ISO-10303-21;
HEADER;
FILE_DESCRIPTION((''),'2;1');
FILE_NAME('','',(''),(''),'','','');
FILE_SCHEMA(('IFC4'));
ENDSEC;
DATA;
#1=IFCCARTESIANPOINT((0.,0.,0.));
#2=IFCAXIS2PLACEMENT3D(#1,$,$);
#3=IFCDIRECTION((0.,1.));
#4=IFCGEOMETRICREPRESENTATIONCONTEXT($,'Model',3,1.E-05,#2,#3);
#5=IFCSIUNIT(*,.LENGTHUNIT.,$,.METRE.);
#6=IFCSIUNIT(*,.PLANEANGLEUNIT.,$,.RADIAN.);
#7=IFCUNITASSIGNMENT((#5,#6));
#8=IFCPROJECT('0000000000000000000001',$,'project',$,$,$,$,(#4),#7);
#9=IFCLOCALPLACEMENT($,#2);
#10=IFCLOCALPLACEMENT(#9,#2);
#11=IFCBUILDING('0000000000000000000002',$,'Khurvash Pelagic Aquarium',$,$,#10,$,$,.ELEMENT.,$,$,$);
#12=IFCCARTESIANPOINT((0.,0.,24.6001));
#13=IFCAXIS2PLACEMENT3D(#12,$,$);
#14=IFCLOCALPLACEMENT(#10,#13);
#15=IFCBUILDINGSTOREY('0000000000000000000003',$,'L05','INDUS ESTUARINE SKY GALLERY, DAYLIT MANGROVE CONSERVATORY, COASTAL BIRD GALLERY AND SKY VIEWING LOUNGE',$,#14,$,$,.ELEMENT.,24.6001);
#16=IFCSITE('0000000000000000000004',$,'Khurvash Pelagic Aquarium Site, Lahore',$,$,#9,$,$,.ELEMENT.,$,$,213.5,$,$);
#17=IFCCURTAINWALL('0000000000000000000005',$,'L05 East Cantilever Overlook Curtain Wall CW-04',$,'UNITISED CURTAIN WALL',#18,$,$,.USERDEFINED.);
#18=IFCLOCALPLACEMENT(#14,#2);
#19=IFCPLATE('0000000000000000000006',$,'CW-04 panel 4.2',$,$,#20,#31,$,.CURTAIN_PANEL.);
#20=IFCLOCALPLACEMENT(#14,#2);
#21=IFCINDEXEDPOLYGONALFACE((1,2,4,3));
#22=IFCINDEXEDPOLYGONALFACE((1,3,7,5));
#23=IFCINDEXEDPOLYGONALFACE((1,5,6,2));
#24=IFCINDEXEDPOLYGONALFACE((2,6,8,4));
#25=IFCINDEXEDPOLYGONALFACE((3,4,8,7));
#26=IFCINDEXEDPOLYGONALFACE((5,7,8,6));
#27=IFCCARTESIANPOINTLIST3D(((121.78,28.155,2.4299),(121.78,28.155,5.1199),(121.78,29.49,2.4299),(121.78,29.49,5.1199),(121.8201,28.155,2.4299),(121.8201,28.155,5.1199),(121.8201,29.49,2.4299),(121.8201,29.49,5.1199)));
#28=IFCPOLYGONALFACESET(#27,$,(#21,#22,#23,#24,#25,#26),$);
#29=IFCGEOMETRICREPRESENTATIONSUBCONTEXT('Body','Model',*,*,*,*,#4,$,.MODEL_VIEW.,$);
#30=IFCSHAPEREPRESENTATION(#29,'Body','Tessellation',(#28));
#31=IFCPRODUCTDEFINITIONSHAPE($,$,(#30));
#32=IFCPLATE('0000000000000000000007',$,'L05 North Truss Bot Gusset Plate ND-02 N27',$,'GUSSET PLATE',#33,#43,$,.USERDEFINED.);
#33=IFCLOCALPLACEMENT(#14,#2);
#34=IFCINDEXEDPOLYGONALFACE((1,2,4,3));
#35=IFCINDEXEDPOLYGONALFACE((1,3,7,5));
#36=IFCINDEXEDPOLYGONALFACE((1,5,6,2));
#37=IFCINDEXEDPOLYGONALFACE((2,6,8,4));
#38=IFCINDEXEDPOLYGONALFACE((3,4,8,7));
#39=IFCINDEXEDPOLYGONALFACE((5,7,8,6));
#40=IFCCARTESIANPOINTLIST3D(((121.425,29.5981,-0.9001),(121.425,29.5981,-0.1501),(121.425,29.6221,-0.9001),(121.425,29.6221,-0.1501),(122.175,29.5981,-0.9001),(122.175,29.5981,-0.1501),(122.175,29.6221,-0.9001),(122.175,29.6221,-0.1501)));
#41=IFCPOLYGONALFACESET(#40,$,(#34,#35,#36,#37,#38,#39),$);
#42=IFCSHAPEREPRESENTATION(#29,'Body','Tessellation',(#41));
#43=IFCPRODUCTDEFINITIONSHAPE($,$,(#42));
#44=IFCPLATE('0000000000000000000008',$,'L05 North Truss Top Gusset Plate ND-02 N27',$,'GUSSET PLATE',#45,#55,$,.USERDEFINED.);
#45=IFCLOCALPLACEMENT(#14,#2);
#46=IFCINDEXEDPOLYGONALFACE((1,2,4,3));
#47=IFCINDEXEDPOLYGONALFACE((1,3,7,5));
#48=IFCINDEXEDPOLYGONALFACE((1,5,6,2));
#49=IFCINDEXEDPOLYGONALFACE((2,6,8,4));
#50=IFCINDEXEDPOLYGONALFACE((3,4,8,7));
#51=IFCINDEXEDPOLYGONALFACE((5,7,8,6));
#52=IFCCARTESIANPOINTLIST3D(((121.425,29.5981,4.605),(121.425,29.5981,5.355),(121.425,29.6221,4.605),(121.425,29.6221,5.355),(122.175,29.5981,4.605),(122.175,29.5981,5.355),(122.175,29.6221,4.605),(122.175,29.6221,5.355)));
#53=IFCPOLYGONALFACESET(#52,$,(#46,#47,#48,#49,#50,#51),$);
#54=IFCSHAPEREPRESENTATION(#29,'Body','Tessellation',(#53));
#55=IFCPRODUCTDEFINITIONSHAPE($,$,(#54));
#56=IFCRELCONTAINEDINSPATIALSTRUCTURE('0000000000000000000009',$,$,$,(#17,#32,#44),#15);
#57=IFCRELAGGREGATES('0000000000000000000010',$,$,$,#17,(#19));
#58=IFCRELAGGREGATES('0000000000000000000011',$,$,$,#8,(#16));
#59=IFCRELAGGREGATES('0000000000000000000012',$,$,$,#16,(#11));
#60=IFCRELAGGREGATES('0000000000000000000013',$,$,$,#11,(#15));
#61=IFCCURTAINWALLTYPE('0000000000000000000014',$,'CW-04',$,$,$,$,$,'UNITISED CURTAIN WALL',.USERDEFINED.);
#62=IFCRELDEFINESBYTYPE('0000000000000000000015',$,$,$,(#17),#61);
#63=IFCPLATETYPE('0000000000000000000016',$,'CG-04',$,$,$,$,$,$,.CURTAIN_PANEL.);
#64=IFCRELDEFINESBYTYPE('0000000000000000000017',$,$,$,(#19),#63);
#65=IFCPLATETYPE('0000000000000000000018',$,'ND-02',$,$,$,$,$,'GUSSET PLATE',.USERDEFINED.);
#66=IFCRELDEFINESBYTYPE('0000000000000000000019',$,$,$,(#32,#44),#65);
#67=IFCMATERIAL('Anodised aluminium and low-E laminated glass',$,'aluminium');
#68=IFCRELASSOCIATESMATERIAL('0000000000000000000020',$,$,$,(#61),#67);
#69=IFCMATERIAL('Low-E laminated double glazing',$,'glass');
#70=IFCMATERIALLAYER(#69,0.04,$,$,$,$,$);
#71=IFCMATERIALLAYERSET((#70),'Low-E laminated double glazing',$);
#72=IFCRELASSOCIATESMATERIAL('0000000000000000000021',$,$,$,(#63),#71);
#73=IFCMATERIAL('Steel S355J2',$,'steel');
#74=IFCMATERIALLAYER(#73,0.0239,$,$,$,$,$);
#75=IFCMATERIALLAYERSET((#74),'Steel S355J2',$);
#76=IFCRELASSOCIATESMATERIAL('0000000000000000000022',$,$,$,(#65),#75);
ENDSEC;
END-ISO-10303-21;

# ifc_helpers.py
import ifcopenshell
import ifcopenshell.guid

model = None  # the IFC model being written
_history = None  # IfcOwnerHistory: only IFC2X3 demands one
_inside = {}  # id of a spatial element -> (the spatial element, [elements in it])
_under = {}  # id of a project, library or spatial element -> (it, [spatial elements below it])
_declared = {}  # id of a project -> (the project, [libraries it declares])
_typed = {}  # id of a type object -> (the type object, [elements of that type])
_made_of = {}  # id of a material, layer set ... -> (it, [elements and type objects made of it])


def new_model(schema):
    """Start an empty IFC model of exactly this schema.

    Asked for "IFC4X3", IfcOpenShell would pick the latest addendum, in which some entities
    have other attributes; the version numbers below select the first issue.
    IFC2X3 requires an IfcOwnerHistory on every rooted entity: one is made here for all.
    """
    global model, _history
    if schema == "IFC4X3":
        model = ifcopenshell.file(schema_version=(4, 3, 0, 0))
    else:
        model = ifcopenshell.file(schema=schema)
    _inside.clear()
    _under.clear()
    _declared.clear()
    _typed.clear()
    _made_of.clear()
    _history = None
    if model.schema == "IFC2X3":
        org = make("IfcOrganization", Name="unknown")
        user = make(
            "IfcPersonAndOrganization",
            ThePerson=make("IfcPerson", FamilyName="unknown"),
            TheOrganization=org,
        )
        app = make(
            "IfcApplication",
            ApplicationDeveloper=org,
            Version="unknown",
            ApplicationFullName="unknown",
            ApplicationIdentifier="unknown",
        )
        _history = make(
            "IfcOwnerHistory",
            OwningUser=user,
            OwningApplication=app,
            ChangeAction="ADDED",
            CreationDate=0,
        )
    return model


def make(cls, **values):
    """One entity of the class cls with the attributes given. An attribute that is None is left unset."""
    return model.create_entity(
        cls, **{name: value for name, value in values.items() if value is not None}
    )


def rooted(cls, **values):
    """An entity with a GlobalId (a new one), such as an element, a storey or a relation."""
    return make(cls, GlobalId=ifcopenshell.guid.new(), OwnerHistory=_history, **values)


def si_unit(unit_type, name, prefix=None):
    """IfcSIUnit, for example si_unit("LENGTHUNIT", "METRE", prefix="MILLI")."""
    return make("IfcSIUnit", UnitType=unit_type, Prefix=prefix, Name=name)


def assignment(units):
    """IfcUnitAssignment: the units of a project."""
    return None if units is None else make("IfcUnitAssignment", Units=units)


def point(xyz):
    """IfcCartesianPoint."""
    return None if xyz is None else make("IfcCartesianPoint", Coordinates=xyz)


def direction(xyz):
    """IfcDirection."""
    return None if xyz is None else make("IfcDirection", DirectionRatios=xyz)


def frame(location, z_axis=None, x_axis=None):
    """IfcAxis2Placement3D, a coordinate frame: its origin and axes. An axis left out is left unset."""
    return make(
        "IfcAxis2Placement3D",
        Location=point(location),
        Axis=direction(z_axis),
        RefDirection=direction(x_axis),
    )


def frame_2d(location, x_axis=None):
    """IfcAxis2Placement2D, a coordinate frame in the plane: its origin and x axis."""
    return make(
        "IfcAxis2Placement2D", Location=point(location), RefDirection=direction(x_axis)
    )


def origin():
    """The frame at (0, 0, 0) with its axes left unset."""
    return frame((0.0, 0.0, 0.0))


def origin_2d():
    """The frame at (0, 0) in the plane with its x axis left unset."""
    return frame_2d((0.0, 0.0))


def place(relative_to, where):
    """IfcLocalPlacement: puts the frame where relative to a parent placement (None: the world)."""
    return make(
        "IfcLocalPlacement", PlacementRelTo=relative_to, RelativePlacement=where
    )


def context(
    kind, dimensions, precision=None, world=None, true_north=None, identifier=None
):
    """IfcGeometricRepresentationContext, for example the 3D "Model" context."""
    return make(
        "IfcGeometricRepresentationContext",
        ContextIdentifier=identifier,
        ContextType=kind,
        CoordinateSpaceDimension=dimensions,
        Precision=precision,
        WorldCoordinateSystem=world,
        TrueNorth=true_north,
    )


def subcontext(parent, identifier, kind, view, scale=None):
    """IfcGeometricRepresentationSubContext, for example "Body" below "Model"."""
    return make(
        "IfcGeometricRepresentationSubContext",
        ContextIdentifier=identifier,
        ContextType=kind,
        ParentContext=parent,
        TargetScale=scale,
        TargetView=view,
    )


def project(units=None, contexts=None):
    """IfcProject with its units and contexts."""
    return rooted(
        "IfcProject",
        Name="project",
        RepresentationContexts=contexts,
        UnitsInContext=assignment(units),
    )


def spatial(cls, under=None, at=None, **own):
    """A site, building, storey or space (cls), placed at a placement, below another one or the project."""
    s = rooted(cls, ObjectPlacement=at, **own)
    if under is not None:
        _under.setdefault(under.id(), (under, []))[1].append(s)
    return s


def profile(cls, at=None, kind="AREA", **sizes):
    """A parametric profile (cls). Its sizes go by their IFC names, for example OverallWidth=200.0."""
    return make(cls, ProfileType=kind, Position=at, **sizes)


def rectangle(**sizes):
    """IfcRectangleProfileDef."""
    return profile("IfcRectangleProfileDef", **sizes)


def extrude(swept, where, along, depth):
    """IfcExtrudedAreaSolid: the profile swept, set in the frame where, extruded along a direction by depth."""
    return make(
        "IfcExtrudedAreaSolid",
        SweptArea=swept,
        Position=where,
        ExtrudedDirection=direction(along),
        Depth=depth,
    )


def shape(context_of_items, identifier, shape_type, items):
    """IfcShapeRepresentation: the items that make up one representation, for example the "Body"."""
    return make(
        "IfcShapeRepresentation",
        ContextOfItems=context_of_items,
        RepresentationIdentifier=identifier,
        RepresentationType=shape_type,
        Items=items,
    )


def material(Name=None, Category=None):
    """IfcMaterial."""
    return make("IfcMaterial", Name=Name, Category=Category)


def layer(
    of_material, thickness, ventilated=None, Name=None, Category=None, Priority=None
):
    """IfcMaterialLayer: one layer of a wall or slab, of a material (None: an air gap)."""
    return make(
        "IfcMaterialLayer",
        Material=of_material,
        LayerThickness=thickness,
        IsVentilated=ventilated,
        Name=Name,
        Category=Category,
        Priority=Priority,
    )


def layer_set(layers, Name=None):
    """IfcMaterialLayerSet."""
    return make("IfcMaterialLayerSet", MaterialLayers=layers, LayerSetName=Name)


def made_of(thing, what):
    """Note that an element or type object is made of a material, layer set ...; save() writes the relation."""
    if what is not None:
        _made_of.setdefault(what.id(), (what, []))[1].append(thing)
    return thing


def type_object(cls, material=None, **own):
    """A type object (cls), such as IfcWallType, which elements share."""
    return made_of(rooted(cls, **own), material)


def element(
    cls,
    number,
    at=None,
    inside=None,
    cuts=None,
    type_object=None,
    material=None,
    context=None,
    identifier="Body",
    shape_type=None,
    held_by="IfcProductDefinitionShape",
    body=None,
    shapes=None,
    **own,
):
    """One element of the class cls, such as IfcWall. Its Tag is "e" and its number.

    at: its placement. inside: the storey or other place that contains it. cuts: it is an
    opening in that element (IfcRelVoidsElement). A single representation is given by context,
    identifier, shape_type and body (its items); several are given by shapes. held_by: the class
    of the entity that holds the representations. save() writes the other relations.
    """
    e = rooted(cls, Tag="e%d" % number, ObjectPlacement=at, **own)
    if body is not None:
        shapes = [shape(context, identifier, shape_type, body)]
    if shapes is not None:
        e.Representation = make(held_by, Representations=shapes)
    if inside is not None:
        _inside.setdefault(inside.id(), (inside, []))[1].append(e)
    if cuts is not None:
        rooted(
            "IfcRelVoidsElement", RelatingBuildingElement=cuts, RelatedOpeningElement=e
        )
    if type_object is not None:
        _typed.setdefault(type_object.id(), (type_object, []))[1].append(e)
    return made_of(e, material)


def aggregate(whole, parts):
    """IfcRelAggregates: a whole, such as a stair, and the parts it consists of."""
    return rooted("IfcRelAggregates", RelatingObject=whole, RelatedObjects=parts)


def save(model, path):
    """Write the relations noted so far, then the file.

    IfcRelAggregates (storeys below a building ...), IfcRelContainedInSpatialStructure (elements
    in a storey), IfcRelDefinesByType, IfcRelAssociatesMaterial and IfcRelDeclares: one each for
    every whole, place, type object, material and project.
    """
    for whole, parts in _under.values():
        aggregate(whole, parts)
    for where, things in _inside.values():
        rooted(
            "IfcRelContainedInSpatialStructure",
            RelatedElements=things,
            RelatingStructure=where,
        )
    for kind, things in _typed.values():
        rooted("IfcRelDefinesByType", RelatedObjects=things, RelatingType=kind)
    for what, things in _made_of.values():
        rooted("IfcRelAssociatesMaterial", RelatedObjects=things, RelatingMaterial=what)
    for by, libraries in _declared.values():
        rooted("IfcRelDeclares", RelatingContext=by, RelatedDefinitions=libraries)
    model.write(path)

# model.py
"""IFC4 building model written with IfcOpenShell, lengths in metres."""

from ifc_helpers import new_model, si_unit, direction, frame, origin, origin_2d, place, context, subcontext, project, spatial, rectangle, extrude, material, layer, layer_set, type_object, element, aggregate, save


model = new_model("IFC4")

# Units and contexts
model_context = context("Model", 3, precision=1e-05, world=origin(), true_north=direction((0.0, 1.0)))
body_context = subcontext(model_context, "Body", "Model", "MODEL_VIEW")
ifc_project = project(units=[si_unit("LENGTHUNIT", "METRE"), si_unit("PLANEANGLEUNIT", "RADIAN")], contexts=[model_context])

# Site, building, storey
site_placement = place(None, origin())
site = spatial("IfcSite", under=ifc_project, at=site_placement, Name="Khurvash Pelagic Aquarium Site, Lahore", CompositionType="ELEMENT", RefElevation=213.5)
building_placement = place(site_placement, origin())
building = spatial("IfcBuilding", under=site, at=building_placement, Name="Khurvash Pelagic Aquarium", CompositionType="ELEMENT")
storey_placement = place(building_placement, frame((0.0, 0.0, 24.6001)))
storey = spatial("IfcBuildingStorey", under=building, at=storey_placement, Name="L05", Description="INDUS ESTUARINE SKY GALLERY, DAYLIT MANGROVE CONSERVATORY, COASTAL BIRD GALLERY AND SKY VIEWING LOUNGE", CompositionType="ELEMENT", Elevation=24.6001)

# Curtain wall, plate
ifc_material_1 = material(Name="Anodised aluminium and low-E laminated glass", Category="aluminium")
curtain_wall_type = type_object("IfcCurtainWallType", Name="CW-04", ElementType="UNITISED CURTAIN WALL", PredefinedType="USERDEFINED", material=ifc_material_1)
curtain_wall_placement = place(storey_placement, origin())
curtain_wall = element("IfcCurtainWall", 1, at=curtain_wall_placement, inside=storey, type_object=curtain_wall_type, Name="L05 East Cantilever Overlook Curtain Wall CW-04", ObjectType="UNITISED CURTAIN WALL", PredefinedType="USERDEFINED")
ifc_material_2 = material(Name="Low-E laminated double glazing", Category="glass")
ifc_layer_1 = layer(ifc_material_2, 0.04)
ifc_layer_set_1 = layer_set([ifc_layer_1], Name="Low-E laminated double glazing")
plate_type_1 = type_object("IfcPlateType", Name="CG-04", PredefinedType="CURTAIN_PANEL", material=ifc_layer_set_1)
plate_1_placement = place(storey_placement, frame((121.8, 28.8225, 2.4299), z_axis=(0.0, 0.0, 1.0), x_axis=(0.0, 1.0, 0.0)))
plate_1 = element("IfcPlate", 2, at=plate_1_placement, type_object=plate_type_1, Name="CW-04 panel 4.2", PredefinedType="CURTAIN_PANEL", context=body_context, shape_type="SweptSolid", body=[
    extrude(rectangle(XDim=1.335, YDim=0.04, at=origin_2d()), origin(), (0.0, 0.0, 1.0), 2.6899),
])
aggregate(curtain_wall, [plate_1])

# Plates
ifc_material_3 = material(Name="Steel S355J2", Category="steel")
ifc_layer_2 = layer(ifc_material_3, 0.0239)
ifc_layer_set_2 = layer_set([ifc_layer_2], Name="Steel S355J2")
plate_type_2 = type_object("IfcPlateType", Name="ND-02", ElementType="GUSSET PLATE", PredefinedType="USERDEFINED", material=ifc_layer_set_2)
for number, where, z_axis, x_axis, name in (
    (3, (121.8, 29.6101, -0.9001), (0.0, 0.0, 1.0), (1.0, 0.0, 0.0), "L05 North Truss Bot Gusset Plate ND-02 N27"),
    (4, (121.8, 29.6101, 4.605), (0.0, 0.0, 1.0), (1.0, 0.0, 0.0), "L05 North Truss Top Gusset Plate ND-02 N27"),
):
    element("IfcPlate", number, at=place(storey_placement, frame(where, z_axis=z_axis, x_axis=x_axis)), inside=storey, type_object=plate_type_2, Name=name, ObjectType="GUSSET PLATE", PredefinedType="USERDEFINED", context=body_context, shape_type="SweptSolid", body=[
        extrude(rectangle(XDim=0.75, YDim=0.0239, at=origin_2d()), origin(), (0.0, 0.0, 1.0), 0.75),
    ])

save(model, "model.ifc")
